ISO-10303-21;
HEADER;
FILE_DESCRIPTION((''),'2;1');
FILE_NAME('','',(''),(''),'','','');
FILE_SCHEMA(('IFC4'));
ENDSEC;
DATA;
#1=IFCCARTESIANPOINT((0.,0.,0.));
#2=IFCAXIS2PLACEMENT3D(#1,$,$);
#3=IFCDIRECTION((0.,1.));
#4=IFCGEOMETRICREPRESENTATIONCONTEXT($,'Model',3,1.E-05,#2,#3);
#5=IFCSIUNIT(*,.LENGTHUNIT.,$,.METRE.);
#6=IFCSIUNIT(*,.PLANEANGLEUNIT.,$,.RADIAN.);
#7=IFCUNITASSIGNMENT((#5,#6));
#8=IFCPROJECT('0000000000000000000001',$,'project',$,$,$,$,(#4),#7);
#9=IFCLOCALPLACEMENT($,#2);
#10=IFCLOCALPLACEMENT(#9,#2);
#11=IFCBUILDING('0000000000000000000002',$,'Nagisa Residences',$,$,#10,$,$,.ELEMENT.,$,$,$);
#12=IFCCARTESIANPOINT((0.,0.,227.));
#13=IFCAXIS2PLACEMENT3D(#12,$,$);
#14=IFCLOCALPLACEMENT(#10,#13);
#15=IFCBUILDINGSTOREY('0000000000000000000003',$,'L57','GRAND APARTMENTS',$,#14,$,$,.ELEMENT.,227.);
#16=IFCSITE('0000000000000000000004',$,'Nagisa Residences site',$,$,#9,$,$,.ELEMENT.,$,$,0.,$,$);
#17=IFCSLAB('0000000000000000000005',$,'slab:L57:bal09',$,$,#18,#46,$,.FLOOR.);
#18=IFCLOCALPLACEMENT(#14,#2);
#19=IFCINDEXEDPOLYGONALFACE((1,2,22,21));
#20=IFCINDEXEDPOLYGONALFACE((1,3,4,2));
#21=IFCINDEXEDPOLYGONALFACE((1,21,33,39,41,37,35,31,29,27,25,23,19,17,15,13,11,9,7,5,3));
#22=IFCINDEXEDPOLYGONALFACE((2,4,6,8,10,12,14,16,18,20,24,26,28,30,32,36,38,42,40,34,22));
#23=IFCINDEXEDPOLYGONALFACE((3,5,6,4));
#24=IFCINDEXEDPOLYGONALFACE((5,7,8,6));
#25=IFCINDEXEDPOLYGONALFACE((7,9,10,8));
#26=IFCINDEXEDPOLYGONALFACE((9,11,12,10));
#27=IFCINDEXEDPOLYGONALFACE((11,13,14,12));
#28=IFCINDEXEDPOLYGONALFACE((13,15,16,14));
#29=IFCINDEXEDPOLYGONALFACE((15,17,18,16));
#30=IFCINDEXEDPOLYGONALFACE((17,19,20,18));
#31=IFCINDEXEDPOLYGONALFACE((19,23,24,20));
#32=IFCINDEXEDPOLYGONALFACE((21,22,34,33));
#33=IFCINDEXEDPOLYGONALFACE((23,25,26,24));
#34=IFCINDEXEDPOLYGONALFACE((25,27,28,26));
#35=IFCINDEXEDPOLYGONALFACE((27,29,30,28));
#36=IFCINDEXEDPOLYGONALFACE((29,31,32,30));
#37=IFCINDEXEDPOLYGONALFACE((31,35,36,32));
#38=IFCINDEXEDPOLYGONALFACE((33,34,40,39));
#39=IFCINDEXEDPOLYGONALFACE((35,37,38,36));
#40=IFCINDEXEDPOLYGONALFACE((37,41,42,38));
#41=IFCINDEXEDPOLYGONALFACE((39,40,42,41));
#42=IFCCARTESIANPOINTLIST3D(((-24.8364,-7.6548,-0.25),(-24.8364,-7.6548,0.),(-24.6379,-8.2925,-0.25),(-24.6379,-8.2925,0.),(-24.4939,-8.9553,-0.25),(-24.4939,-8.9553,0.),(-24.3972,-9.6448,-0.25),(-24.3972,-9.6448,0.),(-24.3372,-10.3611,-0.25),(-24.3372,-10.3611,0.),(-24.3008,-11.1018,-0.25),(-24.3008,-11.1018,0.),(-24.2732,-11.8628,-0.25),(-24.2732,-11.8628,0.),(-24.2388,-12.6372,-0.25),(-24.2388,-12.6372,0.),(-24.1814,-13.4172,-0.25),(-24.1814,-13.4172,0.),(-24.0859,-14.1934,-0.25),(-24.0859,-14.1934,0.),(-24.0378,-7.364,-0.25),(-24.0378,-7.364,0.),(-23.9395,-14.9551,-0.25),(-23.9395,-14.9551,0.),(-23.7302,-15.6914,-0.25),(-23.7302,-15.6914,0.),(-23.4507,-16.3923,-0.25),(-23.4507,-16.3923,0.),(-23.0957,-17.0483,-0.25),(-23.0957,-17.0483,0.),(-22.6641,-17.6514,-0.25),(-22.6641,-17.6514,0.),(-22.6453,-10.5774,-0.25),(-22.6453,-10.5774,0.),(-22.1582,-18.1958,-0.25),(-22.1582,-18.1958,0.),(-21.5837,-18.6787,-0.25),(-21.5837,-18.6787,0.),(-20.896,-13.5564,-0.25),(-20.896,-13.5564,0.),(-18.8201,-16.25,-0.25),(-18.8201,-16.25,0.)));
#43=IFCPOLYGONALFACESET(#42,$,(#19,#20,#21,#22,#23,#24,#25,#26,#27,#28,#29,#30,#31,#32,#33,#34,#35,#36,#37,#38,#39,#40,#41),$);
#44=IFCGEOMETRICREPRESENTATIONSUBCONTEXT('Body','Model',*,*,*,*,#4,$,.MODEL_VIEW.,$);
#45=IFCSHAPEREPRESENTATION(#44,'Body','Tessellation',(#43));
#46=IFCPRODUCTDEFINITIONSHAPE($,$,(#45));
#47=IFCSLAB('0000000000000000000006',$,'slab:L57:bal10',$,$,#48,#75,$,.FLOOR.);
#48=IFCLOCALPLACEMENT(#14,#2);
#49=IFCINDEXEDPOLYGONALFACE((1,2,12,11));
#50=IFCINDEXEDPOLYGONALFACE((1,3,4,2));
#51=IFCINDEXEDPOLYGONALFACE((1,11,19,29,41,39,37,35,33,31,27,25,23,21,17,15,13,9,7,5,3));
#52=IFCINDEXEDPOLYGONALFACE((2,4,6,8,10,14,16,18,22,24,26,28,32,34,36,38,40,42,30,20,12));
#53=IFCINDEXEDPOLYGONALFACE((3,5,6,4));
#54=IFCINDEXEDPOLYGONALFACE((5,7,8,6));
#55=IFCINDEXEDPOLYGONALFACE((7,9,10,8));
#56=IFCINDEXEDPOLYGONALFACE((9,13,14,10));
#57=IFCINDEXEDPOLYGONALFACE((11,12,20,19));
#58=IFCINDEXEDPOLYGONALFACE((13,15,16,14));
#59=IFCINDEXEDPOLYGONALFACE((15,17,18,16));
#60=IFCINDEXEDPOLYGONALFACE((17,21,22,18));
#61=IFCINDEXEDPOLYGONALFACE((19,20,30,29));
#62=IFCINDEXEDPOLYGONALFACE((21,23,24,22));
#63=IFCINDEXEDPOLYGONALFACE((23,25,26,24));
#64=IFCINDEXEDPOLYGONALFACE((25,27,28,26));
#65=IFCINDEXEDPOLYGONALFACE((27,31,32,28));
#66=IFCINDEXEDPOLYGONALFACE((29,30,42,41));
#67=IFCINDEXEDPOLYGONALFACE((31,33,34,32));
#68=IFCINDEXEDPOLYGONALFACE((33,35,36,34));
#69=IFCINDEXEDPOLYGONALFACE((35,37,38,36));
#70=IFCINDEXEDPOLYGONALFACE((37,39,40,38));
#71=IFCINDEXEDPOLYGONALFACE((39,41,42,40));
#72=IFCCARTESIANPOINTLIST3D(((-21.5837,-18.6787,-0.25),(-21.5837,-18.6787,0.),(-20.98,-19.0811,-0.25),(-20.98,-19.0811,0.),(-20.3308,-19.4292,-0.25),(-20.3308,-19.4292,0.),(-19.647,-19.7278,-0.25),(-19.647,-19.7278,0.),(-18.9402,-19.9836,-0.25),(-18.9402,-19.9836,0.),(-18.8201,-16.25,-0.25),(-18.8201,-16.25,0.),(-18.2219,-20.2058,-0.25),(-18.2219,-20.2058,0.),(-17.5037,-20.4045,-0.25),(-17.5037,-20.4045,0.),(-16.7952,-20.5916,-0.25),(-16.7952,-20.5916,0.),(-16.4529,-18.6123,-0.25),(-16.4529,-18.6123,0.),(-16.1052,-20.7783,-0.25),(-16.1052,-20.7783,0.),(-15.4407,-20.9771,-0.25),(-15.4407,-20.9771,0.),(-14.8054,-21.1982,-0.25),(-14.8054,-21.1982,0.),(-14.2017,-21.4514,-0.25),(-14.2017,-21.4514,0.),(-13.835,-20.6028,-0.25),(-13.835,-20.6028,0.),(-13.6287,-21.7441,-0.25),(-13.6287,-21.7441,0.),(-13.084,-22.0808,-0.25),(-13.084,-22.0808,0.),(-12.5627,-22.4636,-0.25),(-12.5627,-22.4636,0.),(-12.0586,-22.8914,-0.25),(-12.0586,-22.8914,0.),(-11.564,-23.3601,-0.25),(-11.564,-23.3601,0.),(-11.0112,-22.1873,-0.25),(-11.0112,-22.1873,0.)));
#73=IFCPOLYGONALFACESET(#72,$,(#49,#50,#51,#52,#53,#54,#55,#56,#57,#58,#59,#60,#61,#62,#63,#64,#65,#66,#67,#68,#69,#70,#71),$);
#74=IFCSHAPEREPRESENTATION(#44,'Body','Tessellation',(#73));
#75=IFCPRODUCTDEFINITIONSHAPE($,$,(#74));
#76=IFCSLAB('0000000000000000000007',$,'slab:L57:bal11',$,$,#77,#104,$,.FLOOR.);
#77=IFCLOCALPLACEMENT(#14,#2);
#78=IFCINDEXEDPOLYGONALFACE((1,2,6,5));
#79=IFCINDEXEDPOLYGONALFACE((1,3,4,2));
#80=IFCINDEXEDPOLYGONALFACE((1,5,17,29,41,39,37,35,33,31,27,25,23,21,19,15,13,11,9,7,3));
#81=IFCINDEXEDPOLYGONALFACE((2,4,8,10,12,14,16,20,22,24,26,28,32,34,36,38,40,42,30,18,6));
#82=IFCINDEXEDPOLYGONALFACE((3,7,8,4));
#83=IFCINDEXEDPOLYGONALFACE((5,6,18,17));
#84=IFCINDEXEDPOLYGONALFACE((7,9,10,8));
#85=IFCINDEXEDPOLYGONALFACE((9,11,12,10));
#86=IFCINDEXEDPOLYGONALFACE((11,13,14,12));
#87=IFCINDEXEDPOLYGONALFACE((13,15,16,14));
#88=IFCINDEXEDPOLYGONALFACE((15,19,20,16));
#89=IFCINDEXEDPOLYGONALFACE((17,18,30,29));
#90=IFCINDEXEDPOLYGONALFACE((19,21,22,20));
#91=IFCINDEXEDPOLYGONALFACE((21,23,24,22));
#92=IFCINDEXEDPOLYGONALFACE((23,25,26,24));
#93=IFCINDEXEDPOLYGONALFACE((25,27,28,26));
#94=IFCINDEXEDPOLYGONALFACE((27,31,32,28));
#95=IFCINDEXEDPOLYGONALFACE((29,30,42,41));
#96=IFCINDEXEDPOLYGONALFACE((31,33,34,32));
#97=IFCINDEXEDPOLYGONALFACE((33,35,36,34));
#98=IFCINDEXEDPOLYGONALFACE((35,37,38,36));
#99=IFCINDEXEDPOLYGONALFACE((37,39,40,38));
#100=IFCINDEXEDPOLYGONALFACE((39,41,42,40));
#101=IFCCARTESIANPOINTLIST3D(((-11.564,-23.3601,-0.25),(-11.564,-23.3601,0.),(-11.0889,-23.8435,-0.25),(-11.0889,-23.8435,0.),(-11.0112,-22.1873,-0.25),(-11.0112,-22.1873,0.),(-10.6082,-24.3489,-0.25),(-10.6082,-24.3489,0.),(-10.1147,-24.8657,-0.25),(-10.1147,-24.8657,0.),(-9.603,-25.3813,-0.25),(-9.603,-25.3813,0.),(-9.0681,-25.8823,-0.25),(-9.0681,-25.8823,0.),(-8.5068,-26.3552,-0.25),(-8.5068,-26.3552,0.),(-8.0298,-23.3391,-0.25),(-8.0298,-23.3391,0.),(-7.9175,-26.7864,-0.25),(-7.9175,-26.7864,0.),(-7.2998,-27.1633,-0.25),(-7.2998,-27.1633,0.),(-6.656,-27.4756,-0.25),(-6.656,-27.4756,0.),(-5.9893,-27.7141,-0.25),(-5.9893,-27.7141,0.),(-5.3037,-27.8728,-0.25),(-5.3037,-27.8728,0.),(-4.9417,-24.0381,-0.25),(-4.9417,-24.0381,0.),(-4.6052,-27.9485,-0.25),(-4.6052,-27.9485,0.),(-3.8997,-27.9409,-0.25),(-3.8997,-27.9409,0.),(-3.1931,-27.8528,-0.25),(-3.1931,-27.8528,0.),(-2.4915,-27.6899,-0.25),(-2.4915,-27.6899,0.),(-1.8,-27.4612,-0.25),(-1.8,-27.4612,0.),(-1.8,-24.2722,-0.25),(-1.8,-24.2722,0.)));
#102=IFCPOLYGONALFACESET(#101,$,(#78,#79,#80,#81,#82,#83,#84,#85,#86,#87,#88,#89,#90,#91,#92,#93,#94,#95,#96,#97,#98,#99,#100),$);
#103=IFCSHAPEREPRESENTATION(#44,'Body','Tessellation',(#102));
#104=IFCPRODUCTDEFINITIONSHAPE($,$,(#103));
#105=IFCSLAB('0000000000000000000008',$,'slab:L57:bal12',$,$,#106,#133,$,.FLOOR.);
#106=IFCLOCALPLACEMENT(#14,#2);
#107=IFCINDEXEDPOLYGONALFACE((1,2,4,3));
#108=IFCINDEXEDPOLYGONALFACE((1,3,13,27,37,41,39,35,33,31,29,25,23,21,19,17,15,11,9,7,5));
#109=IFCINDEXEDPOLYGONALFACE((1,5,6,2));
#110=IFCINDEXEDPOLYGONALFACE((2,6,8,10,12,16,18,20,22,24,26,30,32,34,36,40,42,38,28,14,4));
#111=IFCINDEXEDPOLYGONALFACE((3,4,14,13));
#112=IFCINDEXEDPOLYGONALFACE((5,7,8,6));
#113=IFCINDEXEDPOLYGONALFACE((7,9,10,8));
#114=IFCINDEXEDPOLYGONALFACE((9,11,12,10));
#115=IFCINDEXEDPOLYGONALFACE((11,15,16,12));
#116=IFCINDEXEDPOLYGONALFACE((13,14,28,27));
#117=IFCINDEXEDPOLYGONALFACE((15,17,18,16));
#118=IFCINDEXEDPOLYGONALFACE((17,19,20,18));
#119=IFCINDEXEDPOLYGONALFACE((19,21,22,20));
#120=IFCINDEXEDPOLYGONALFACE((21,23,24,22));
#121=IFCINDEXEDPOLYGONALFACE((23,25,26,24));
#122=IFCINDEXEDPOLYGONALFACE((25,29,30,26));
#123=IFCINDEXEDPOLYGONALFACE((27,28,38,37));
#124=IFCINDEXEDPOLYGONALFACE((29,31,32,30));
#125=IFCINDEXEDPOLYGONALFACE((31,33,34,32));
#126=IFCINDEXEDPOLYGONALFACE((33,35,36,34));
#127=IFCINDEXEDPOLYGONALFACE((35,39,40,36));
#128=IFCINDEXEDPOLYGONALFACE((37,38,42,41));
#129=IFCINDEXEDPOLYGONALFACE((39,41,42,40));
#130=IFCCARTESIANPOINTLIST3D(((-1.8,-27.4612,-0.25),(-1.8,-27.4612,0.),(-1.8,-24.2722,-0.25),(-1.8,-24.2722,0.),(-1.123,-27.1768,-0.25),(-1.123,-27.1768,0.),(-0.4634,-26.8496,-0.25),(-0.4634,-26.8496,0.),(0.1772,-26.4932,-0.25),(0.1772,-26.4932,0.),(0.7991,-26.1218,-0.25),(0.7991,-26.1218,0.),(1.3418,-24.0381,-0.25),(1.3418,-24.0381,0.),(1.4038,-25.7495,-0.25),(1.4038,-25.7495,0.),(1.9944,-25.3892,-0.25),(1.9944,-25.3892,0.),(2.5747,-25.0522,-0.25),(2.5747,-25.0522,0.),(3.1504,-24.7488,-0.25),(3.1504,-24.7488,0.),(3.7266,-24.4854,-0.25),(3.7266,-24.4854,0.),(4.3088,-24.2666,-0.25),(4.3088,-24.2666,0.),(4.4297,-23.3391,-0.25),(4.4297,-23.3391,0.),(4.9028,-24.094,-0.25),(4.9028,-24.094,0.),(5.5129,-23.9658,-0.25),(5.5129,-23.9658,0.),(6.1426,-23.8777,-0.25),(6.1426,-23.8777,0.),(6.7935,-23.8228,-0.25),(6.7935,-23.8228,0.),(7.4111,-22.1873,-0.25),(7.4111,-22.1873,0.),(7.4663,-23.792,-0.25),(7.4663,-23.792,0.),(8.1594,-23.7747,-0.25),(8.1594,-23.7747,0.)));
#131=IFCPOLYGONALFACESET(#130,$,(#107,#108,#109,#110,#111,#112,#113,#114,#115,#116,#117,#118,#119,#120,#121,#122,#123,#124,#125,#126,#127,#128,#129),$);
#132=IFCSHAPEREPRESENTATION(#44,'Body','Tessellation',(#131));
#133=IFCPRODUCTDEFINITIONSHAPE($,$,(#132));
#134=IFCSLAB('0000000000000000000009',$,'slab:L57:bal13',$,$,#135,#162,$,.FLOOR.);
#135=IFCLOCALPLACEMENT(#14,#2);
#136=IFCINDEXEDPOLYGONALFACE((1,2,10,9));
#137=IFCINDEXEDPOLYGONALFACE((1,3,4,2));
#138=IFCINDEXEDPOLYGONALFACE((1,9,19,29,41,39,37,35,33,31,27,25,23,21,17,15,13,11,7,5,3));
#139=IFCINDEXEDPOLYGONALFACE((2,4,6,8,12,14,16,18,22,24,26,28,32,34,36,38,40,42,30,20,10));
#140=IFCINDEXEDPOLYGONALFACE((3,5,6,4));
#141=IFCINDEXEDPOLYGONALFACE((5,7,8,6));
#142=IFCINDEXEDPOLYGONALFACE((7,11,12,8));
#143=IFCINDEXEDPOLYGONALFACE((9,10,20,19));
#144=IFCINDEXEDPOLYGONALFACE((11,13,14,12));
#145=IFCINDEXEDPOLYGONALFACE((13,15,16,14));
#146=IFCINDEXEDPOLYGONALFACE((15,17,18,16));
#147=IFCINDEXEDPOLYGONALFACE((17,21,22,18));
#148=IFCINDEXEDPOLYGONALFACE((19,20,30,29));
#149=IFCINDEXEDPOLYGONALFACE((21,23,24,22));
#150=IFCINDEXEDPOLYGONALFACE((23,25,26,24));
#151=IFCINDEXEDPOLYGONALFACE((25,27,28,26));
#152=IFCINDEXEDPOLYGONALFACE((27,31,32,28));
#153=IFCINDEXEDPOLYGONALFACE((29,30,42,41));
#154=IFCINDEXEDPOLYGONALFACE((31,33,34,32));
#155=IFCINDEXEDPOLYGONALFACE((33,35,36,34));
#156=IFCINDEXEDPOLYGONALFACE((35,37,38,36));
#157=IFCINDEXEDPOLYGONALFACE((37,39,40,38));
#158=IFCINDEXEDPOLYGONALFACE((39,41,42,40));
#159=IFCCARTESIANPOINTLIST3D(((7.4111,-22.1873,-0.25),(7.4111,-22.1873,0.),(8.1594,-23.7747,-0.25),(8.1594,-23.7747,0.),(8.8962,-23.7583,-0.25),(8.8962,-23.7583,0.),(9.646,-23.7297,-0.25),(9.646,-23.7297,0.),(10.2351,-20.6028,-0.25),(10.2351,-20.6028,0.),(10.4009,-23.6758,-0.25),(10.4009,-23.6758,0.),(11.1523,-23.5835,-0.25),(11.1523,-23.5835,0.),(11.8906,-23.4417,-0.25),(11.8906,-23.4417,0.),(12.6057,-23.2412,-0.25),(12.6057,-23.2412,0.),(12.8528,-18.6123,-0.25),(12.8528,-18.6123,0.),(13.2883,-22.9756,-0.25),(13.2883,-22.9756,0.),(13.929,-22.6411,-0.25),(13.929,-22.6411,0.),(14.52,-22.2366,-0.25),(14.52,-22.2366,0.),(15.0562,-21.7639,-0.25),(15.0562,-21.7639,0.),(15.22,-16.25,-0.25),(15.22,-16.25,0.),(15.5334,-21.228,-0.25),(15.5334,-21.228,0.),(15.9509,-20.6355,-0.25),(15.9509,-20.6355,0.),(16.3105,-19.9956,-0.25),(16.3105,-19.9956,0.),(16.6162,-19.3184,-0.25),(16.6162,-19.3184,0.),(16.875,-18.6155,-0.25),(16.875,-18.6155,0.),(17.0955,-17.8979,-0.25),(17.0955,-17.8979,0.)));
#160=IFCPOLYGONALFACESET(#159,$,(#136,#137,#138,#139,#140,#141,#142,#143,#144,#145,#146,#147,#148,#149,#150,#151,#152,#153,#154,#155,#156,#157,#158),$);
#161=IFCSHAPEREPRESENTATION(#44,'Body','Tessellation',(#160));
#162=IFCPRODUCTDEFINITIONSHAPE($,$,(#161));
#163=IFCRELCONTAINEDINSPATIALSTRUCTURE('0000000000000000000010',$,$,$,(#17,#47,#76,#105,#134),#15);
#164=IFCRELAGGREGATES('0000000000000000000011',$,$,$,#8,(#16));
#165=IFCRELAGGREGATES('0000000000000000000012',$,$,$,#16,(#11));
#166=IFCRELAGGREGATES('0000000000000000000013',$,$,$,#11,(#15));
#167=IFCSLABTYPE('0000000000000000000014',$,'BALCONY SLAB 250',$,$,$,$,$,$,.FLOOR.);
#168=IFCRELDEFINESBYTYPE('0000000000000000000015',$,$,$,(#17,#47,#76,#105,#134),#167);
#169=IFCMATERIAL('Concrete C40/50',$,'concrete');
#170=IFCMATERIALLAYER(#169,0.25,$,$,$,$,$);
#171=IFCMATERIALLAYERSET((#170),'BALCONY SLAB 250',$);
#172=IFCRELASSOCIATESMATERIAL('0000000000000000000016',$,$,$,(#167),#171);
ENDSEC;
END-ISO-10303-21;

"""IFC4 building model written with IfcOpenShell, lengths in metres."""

from ifc_helpers import new_model, si_unit, direction, frame, origin, place, context, subcontext, project, spatial, polyline, outline, extrude, material, layer, layer_set, type_object, element, save


model = new_model("IFC4")

# Units and contexts
model_context = context("Model", 3, precision=1e-05, world=origin(), true_north=direction((0.0, 1.0)))
body_context = subcontext(model_context, "Body", "Model", "MODEL_VIEW")
ifc_project = project(units=[si_unit("LENGTHUNIT", "METRE"), si_unit("PLANEANGLEUNIT", "RADIAN")], contexts=[model_context])

# Site, building, storey
site_placement = place(None, origin())
site = spatial("IfcSite", under=ifc_project, at=site_placement, Name="Nagisa Residences site", CompositionType="ELEMENT", RefElevation=0.0)
building_placement = place(site_placement, origin())
building = spatial("IfcBuilding", under=site, at=building_placement, Name="Nagisa Residences", CompositionType="ELEMENT")
storey_placement = place(building_placement, frame((0.0, 0.0, 227.0)))
storey = spatial("IfcBuildingStorey", under=building, at=storey_placement, Name="L57", Description="GRAND APARTMENTS", CompositionType="ELEMENT", Elevation=227.0)

# Slabs
ifc_material_1 = material(Name="Concrete C40/50", Category="concrete")
ifc_layer_1 = layer(ifc_material_1, 0.25)
ifc_layer_set_1 = layer_set([ifc_layer_1], Name="BALCONY SLAB 250")
slab_type = type_object("IfcSlabType", Name="BALCONY SLAB 250", PredefinedType="FLOOR", material=ifc_layer_set_1)
slab_1_placement = place(storey_placement, frame((0.0, 0.0, -0.25)))
element("IfcSlab", 1, at=slab_1_placement, inside=storey, type_object=slab_type, Name="slab:L57:bal09", PredefinedType="FLOOR", context=body_context, shape_type="SweptSolid", body=[
    extrude(outline(polyline([(-24.8364, -7.6548), (-24.6379, -8.2925), (-24.4939, -8.9553), (-24.3972, -9.6448), (-24.3372, -10.3611), (-24.3008, -11.1018), (-24.2732, -11.8628), (-24.2388, -12.6372), (-24.1814, -13.4172), (-24.0859, -14.1934), (-23.9395, -14.9551), (-23.7302, -15.6914), (-23.4507, -16.3923), (-23.0957, -17.0483), (-22.6641, -17.6514), (-22.1582, -18.1958), (-21.5837, -18.6787), (-18.8201, -16.25), (-20.896, -13.5564), (-22.6453, -10.5774), (-24.0378, -7.364), (-24.8364, -7.6548)])), origin(), (0.0, 0.0, 1.0), 0.25),
])
slab_2_placement = place(storey_placement, frame((0.0, 0.0, -0.25)))
element("IfcSlab", 2, at=slab_2_placement, inside=storey, type_object=slab_type, Name="slab:L57:bal10", PredefinedType="FLOOR", context=body_context, shape_type="SweptSolid", body=[
    extrude(outline(polyline([(-21.5837, -18.6787), (-20.98, -19.0811), (-20.3308, -19.4292), (-19.647, -19.7278), (-18.9402, -19.9836), (-18.2219, -20.2058), (-17.5037, -20.4045), (-16.7952, -20.5916), (-16.1052, -20.7783), (-15.4407, -20.9771), (-14.8054, -21.1982), (-14.2017, -21.4514), (-13.6287, -21.7441), (-13.084, -22.0808), (-12.5627, -22.4636), (-12.0586, -22.8914), (-11.564, -23.3601), (-11.0112, -22.1873), (-13.835, -20.6028), (-16.4529, -18.6123), (-18.8201, -16.25), (-21.5837, -18.6787)])), origin(), (0.0, 0.0, 1.0), 0.25),
])
slab_3_placement = place(storey_placement, frame((0.0, 0.0, -0.25)))
element("IfcSlab", 3, at=slab_3_placement, inside=storey, type_object=slab_type, Name="slab:L57:bal11", PredefinedType="FLOOR", context=body_context, shape_type="SweptSolid", body=[
    extrude(outline(polyline([(-11.564, -23.3601), (-11.0889, -23.8435), (-10.6082, -24.3489), (-10.1147, -24.8657), (-9.603, -25.3813), (-9.0681, -25.8823), (-8.5068, -26.3552), (-7.9175, -26.7864), (-7.2998, -27.1633), (-6.656, -27.4756), (-5.9893, -27.7141), (-5.3037, -27.8728), (-4.6052, -27.9485), (-3.8997, -27.9409), (-3.1931, -27.8528), (-2.4915, -27.6899), (-1.8, -27.4612), (-1.8, -24.2722), (-4.9417, -24.0381), (-8.0298, -23.3391), (-11.0112, -22.1873), (-11.564, -23.3601)])), origin(), (0.0, 0.0, 1.0), 0.25),
])
slab_4_placement = place(storey_placement, frame((0.0, 0.0, -0.25)))
element("IfcSlab", 4, at=slab_4_placement, inside=storey, type_object=slab_type, Name="slab:L57:bal12", PredefinedType="FLOOR", context=body_context, shape_type="SweptSolid", body=[
    extrude(outline(polyline([(-1.8, -27.4612), (-1.123, -27.1768), (-0.4634, -26.8496), (0.1772, -26.4932), (0.7991, -26.1218), (1.4038, -25.7495), (1.9944, -25.3892), (2.5747, -25.0522), (3.1504, -24.7488), (3.7266, -24.4854), (4.3088, -24.2666), (4.9028, -24.094), (5.5129, -23.9658), (6.1426, -23.8777), (6.7935, -23.8228), (7.4663, -23.792), (8.1594, -23.7747), (7.4111, -22.1873), (4.4297, -23.3391), (1.3418, -24.0381), (-1.8, -24.2722), (-1.8, -27.4612)])), origin(), (0.0, 0.0, 1.0), 0.25),
])
slab_5_placement = place(storey_placement, frame((0.0, 0.0, -0.25)))
element("IfcSlab", 5, at=slab_5_placement, inside=storey, type_object=slab_type, Name="slab:L57:bal13", PredefinedType="FLOOR", context=body_context, shape_type="SweptSolid", body=[
    extrude(outline(polyline([(8.1594, -23.7747), (8.8962, -23.7583), (9.646, -23.7297), (10.4009, -23.6758), (11.1523, -23.5835), (11.8906, -23.4417), (12.6057, -23.2412), (13.2883, -22.9756), (13.929, -22.6411), (14.52, -22.2366), (15.0562, -21.7639), (15.5334, -21.228), (15.9509, -20.6355), (16.3105, -19.9956), (16.6162, -19.3184), (16.875, -18.6155), (17.0955, -17.8979), (15.22, -16.25), (12.8528, -18.6123), (10.2351, -20.6028), (7.4111, -22.1873), (8.1594, -23.7747)])), origin(), (0.0, 0.0, 1.0), 0.25),
])

save(model, "model.ifc")
